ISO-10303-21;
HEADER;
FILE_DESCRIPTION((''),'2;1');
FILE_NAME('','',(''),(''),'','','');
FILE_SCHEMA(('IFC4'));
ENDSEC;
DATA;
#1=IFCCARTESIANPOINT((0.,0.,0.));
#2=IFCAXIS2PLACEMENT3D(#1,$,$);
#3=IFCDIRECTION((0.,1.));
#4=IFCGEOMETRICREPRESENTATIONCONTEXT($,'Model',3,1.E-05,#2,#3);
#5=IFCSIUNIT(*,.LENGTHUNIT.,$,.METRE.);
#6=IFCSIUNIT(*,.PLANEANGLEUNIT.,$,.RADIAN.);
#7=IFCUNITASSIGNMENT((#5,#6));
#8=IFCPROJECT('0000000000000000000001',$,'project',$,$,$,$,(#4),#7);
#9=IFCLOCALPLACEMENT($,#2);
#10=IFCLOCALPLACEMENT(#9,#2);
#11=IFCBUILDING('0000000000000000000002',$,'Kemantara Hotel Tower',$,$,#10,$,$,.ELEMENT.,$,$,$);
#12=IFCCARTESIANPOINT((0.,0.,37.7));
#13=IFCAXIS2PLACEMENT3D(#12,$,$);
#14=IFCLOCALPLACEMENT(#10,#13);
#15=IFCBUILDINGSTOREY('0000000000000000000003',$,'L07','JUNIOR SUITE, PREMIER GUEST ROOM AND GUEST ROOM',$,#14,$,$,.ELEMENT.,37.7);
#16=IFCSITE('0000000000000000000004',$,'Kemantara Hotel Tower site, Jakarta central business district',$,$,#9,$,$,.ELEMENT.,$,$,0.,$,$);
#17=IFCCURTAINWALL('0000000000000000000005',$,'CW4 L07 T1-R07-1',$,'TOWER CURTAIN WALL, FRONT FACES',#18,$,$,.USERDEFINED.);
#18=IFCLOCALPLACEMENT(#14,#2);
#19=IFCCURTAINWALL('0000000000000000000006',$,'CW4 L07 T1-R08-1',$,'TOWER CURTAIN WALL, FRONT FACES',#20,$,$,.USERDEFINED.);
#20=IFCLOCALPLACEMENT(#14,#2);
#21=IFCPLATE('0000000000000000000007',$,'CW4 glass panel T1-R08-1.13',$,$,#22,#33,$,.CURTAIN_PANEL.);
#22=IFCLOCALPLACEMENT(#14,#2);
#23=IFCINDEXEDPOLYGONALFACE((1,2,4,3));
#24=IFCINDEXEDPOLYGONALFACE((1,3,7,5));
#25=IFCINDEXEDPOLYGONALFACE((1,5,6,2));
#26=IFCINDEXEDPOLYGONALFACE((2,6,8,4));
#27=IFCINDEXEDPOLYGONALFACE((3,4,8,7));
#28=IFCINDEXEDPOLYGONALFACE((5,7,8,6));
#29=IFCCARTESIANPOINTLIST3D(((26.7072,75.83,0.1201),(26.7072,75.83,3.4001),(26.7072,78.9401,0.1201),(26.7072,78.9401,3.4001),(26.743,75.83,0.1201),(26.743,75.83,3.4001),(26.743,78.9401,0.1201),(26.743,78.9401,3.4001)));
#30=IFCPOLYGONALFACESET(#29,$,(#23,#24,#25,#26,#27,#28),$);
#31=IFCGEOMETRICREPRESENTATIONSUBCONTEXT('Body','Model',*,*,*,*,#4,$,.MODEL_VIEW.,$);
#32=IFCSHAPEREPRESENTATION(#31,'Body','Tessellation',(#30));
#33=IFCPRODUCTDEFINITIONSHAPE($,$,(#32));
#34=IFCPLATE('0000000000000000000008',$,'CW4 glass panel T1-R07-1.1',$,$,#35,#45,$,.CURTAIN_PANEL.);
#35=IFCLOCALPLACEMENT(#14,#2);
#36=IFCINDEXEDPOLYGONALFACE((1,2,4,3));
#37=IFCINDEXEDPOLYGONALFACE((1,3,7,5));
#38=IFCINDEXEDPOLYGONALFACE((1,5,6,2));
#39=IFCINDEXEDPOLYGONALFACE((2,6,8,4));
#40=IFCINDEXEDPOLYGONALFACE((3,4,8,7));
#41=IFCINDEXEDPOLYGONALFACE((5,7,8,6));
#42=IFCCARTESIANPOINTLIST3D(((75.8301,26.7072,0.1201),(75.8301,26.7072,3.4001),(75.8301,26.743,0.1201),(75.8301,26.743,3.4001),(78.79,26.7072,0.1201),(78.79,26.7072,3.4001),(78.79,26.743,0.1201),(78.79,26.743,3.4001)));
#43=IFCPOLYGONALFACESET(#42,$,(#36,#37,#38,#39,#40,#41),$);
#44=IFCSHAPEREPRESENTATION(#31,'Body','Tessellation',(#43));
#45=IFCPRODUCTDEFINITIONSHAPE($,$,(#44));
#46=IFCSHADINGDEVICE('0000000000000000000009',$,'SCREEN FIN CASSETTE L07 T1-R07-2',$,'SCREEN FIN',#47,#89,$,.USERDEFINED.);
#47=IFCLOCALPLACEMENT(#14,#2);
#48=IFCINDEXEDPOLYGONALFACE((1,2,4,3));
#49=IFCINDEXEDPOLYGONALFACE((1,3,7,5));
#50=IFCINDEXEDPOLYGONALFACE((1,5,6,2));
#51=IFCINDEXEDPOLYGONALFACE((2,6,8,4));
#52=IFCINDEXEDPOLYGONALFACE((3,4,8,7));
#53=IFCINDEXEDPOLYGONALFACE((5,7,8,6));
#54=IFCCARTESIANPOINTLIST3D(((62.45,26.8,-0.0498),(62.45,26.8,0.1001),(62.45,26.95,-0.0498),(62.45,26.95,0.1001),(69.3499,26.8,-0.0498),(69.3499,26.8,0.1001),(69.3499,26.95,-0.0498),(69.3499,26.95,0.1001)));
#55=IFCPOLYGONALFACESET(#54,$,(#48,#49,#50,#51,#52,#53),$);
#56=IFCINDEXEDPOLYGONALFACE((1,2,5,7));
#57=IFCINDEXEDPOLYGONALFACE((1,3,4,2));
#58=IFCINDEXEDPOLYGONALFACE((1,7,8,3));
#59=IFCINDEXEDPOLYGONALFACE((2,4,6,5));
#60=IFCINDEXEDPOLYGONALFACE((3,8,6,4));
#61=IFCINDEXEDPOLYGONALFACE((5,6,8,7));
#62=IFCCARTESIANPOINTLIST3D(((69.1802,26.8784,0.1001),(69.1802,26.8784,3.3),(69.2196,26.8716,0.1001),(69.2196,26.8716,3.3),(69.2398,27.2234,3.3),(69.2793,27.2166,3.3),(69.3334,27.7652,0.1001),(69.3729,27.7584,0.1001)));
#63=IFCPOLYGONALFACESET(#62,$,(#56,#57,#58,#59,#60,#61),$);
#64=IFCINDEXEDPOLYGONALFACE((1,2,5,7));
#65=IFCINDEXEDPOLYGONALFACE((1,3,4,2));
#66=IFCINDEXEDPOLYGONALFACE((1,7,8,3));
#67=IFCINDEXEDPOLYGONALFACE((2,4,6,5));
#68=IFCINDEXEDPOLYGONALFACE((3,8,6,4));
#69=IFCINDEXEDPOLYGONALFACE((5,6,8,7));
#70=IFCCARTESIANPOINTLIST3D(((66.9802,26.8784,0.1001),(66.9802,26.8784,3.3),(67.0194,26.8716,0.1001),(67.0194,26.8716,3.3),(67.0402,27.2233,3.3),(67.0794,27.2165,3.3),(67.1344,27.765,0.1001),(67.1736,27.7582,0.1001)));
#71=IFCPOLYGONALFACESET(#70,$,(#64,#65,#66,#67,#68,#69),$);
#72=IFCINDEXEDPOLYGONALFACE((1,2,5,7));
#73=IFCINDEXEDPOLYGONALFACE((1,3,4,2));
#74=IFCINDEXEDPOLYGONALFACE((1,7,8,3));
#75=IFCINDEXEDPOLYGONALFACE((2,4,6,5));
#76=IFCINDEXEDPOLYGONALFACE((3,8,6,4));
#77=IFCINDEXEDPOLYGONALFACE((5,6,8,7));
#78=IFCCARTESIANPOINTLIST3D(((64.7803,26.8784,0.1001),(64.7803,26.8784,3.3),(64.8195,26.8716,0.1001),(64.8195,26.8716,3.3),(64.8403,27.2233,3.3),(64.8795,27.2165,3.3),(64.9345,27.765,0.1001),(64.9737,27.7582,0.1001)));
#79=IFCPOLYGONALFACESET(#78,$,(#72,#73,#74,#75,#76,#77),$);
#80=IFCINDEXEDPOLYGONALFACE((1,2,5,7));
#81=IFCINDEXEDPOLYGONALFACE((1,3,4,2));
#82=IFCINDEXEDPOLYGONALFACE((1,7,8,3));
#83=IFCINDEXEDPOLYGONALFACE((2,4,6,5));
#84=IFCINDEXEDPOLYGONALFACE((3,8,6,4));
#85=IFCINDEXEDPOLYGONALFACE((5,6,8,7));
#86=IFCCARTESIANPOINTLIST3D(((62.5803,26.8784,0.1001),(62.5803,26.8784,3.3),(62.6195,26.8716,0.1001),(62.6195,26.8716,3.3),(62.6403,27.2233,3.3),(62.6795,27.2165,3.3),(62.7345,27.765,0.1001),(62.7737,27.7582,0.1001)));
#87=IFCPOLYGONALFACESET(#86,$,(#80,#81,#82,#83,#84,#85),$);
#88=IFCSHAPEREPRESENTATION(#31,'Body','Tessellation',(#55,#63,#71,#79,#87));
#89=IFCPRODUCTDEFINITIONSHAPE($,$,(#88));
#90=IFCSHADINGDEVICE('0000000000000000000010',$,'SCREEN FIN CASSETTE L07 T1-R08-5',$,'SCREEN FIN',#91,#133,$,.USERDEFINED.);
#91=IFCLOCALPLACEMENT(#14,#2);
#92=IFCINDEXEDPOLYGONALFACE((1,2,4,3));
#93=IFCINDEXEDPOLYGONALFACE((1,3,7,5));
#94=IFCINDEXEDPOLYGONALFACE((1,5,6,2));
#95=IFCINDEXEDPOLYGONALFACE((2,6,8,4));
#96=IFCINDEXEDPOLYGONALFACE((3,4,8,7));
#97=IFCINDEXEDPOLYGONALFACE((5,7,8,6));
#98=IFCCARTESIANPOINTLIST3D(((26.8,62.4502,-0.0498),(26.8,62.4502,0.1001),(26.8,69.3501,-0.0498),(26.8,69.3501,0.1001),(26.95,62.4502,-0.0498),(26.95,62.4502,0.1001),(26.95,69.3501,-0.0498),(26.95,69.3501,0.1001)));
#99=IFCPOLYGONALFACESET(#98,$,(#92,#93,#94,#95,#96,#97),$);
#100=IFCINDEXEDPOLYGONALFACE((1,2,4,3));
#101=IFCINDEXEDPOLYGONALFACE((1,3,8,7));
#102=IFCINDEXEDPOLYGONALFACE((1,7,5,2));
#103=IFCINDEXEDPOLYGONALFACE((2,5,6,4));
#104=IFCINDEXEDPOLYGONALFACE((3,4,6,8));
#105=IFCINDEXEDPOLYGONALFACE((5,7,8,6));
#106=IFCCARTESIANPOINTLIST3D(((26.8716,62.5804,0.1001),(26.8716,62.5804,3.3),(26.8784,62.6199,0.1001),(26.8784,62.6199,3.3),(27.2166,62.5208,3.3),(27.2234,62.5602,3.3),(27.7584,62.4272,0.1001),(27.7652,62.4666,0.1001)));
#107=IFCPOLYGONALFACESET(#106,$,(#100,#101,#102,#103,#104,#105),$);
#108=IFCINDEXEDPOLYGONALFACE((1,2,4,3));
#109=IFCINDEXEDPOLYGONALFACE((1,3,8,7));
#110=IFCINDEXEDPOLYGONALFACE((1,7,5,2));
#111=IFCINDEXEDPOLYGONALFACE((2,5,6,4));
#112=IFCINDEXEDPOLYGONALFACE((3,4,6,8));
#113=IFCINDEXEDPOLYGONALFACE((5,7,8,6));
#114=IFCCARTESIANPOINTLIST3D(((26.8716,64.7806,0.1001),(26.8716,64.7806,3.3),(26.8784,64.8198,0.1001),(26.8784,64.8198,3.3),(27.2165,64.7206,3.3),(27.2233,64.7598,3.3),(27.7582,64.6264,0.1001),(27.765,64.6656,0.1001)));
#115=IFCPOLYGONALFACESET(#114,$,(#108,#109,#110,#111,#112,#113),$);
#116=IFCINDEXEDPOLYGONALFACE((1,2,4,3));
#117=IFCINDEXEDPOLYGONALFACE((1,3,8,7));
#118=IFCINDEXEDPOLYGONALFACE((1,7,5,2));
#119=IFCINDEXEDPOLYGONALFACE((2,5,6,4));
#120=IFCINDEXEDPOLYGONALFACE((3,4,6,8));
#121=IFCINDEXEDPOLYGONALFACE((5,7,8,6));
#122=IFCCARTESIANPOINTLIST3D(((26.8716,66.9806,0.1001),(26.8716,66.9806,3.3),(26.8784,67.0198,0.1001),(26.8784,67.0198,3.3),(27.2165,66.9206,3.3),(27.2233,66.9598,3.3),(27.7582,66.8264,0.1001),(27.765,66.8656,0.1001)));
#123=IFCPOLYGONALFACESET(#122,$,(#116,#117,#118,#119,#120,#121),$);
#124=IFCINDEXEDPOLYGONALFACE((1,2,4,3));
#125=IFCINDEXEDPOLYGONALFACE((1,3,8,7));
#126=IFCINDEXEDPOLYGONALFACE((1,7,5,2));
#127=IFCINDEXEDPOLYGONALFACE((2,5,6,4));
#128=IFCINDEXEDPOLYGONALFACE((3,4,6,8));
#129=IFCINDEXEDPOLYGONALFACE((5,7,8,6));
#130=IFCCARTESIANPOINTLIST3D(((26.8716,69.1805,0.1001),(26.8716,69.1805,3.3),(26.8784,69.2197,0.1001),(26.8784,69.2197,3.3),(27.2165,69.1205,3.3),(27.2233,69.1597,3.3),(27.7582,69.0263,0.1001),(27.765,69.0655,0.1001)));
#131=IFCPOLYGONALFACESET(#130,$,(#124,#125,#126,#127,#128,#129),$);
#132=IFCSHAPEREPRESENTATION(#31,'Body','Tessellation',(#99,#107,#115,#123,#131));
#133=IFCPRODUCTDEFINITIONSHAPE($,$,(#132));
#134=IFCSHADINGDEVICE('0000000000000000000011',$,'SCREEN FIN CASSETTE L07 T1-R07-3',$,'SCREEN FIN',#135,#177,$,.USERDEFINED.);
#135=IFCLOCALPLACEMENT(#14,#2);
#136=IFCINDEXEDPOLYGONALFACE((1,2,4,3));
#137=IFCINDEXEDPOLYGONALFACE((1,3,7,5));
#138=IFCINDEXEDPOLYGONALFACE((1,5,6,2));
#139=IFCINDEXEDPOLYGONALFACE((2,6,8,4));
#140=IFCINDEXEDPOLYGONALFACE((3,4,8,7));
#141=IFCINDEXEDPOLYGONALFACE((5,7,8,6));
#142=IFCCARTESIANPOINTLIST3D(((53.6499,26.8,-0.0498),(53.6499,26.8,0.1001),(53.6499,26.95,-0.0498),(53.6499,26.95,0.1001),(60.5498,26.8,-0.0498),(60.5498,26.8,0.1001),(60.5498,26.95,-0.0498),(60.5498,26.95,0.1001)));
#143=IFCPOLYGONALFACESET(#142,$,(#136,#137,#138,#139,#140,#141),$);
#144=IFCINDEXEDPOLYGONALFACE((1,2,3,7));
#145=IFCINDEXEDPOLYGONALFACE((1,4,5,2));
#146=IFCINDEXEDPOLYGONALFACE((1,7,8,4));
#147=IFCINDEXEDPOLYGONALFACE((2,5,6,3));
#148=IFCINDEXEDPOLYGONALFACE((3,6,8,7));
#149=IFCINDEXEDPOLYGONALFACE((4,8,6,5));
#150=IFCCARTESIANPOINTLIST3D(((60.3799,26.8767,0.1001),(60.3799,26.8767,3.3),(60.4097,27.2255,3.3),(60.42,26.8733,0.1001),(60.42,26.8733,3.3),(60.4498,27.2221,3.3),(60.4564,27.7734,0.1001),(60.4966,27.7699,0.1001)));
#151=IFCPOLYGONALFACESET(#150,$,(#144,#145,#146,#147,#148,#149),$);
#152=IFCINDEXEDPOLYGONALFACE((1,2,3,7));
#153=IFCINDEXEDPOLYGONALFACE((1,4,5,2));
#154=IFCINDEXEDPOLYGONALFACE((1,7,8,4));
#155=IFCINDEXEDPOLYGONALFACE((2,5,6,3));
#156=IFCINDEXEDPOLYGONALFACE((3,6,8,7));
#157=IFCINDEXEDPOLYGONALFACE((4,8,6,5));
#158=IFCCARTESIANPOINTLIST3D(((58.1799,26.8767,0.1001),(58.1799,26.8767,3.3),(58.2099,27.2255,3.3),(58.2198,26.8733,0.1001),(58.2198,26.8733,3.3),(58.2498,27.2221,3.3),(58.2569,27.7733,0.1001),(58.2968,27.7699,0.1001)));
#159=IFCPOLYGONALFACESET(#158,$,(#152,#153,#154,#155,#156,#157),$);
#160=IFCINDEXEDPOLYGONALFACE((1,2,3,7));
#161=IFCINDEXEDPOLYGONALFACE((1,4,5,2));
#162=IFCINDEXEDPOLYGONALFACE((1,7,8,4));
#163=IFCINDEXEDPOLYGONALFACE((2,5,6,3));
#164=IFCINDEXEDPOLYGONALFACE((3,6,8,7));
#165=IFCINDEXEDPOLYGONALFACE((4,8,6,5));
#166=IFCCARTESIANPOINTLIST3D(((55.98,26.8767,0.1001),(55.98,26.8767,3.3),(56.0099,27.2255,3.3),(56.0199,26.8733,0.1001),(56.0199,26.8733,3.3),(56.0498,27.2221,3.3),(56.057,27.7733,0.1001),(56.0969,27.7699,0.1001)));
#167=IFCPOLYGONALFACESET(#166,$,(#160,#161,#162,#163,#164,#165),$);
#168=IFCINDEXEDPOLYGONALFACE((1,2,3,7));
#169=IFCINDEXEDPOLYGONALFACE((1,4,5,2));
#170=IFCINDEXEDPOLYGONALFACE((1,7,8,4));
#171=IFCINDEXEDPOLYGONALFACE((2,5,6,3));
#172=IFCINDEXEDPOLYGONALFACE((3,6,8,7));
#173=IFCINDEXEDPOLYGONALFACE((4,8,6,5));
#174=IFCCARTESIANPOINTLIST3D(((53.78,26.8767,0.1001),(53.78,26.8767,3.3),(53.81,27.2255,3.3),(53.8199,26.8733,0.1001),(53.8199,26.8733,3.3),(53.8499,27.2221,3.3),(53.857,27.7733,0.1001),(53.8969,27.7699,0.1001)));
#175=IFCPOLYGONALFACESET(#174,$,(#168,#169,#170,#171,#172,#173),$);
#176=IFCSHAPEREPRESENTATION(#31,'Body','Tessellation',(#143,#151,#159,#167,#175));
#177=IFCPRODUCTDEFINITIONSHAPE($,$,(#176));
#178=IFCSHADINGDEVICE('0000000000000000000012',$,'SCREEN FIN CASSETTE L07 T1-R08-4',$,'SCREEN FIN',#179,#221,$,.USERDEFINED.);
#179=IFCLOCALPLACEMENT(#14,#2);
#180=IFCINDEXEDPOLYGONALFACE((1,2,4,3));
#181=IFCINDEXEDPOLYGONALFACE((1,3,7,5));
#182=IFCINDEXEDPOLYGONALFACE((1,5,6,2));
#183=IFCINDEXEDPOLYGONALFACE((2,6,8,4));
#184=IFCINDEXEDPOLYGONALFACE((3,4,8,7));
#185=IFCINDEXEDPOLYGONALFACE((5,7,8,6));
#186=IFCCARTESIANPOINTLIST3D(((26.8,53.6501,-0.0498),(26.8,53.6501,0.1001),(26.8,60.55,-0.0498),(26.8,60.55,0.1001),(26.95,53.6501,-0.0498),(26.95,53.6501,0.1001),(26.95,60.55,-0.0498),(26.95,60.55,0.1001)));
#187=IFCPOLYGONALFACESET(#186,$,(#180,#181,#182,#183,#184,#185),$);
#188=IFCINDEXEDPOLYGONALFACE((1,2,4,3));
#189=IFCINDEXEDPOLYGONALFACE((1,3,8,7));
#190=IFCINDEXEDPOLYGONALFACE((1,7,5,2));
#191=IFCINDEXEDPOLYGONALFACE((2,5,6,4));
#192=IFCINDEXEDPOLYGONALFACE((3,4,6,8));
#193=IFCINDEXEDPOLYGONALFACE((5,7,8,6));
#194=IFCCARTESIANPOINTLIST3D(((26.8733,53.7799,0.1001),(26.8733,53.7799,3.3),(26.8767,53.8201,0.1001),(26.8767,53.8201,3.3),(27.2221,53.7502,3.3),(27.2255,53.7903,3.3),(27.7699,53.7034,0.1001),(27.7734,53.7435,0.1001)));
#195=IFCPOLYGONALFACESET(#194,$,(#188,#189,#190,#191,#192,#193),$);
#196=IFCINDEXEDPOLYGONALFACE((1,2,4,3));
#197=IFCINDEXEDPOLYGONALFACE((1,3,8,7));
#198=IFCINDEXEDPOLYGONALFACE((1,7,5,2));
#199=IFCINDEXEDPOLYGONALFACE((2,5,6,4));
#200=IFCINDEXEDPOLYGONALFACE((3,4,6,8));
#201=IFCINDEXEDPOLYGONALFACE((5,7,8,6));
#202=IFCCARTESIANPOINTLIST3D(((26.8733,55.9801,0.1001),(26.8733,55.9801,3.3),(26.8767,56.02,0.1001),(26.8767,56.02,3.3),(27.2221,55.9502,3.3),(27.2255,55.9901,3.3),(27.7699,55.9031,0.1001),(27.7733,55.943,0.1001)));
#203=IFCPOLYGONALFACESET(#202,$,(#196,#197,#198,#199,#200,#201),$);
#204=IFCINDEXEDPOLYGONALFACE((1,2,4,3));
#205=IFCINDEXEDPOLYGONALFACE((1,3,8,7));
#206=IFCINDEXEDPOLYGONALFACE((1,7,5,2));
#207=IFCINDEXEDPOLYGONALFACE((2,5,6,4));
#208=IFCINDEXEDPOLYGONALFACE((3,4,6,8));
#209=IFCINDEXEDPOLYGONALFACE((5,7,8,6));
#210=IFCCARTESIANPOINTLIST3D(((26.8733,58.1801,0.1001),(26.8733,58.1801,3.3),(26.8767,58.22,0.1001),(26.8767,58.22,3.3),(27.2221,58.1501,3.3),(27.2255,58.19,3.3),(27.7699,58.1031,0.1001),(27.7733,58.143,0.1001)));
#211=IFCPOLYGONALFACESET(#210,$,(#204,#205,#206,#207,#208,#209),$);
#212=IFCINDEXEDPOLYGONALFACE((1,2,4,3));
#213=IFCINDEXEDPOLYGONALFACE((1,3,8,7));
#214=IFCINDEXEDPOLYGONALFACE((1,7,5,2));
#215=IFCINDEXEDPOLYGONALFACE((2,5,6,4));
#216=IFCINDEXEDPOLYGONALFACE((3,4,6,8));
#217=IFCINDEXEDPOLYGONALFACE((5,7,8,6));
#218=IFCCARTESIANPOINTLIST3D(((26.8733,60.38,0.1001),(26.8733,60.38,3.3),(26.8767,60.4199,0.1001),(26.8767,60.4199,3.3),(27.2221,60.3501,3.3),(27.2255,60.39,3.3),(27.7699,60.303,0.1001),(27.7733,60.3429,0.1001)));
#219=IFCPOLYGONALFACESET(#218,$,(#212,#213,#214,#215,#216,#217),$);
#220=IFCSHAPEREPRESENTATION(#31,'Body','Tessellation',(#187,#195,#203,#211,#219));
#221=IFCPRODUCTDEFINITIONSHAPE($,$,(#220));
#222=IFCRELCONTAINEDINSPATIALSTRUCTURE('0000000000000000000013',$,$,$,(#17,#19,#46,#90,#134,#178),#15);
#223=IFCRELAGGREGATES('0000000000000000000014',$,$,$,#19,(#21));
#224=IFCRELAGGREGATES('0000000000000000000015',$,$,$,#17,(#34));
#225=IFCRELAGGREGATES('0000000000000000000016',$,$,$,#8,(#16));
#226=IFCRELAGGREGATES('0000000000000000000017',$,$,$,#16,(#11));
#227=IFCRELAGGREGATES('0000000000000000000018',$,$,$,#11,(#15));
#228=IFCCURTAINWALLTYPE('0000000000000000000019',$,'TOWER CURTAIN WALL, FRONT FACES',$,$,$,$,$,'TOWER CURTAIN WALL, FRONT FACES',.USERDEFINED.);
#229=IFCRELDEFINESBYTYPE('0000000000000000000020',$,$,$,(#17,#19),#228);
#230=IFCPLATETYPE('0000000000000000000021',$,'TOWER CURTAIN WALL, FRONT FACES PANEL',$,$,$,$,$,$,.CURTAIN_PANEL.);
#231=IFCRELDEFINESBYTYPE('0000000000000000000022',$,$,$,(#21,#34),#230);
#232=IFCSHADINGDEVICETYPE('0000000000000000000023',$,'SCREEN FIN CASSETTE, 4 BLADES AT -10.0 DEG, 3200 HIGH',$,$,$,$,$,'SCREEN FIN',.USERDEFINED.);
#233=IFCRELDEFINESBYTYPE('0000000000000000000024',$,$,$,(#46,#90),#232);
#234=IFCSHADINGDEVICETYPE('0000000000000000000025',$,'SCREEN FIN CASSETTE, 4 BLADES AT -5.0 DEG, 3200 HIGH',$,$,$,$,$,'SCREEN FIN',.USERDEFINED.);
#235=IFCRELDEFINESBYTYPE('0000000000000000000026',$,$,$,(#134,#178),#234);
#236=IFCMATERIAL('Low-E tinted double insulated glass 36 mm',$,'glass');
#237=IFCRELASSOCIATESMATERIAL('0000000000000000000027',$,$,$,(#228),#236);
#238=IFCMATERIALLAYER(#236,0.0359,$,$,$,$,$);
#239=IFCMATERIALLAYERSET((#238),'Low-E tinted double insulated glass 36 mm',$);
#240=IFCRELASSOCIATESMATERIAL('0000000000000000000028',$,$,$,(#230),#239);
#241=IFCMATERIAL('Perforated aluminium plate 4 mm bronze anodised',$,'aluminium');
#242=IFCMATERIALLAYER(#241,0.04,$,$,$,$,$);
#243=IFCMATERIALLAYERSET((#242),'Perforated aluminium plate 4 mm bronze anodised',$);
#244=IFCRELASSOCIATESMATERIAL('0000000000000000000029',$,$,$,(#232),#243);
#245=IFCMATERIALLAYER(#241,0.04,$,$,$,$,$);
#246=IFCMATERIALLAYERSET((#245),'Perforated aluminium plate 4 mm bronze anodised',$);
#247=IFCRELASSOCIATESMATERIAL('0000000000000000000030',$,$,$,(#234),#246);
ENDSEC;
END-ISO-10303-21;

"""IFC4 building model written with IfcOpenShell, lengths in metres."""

from ifc_helpers import new_model, si_unit, direction, frame, origin, origin_2d, place, context, subcontext, project, spatial, polyline, rectangle, outline, extrude, source, transform, mapped, material, layer, layer_set, type_object, element, aggregate, save


model = new_model("IFC4")

# Units and contexts
model_context = context("Model", 3, precision=1e-05, world=origin(), true_north=direction((0.0, 1.0)))
body_context = subcontext(model_context, "Body", "Model", "MODEL_VIEW")
ifc_project = project(units=[si_unit("LENGTHUNIT", "METRE"), si_unit("PLANEANGLEUNIT", "RADIAN")], contexts=[model_context])

# Site, building, storey
site_placement = place(None, origin())
site = spatial("IfcSite", under=ifc_project, at=site_placement, Name="Kemantara Hotel Tower site, Jakarta central business district", CompositionType="ELEMENT", RefElevation=0.0)
building_placement = place(site_placement, origin())
building = spatial("IfcBuilding", under=site, at=building_placement, Name="Kemantara Hotel Tower", CompositionType="ELEMENT")
storey_placement = place(building_placement, frame((0.0, 0.0, 37.7)))
storey = spatial("IfcBuildingStorey", under=building, at=storey_placement, Name="L07", Description="JUNIOR SUITE, PREMIER GUEST ROOM AND GUEST ROOM", CompositionType="ELEMENT", Elevation=37.7)

# Curtain wall
ifc_material_1 = material(Name="Low-E tinted double insulated glass 36 mm", Category="glass")
curtain_wall_type = type_object("IfcCurtainWallType", Name="TOWER CURTAIN WALL, FRONT FACES", ElementType="TOWER CURTAIN WALL, FRONT FACES", PredefinedType="USERDEFINED", material=ifc_material_1)
curtain_wall_1_placement = place(storey_placement, origin())
curtain_wall_1 = element("IfcCurtainWall", 1, at=curtain_wall_1_placement, inside=storey, type_object=curtain_wall_type, Name="CW4 L07 T1-R07-1", ObjectType="TOWER CURTAIN WALL, FRONT FACES", PredefinedType="USERDEFINED")

# Curtain wall
curtain_wall_2_placement = place(storey_placement, origin())
curtain_wall_2 = element("IfcCurtainWall", 2, at=curtain_wall_2_placement, inside=storey, type_object=curtain_wall_type, Name="CW4 L07 T1-R08-1", ObjectType="TOWER CURTAIN WALL, FRONT FACES", PredefinedType="USERDEFINED")

# Plates
ifc_layer_1 = layer(ifc_material_1, 0.0359)
ifc_layer_set_1 = layer_set([ifc_layer_1], Name="Low-E tinted double insulated glass 36 mm")
plate_type = type_object("IfcPlateType", Name="TOWER CURTAIN WALL, FRONT FACES PANEL", PredefinedType="CURTAIN_PANEL", material=ifc_layer_set_1)
shared_shape_1 = source(origin(), body_context, "Body", "SweptSolid", [
    extrude(rectangle(XDim=3.1101, YDim=0.0359, at=origin_2d()), origin(), (0.0, 0.0, 1.0), 3.28),
])
plate_1_placement = place(storey_placement, frame((26.7251, 77.385, 0.1201), z_axis=(0.0, 0.0, 1.0), x_axis=(0.0, 1.0, 0.0)))
plate_1 = element("IfcPlate", 3, at=plate_1_placement, type_object=plate_type, Name="CW4 glass panel T1-R08-1.13", PredefinedType="CURTAIN_PANEL", context=body_context, shape_type="MappedRepresentation", body=[
    mapped(shared_shape_1, transform((0.0, 0.0, 0.0))),
])
aggregate(curtain_wall_2, [plate_1])
shared_shape_2 = source(origin(), body_context, "Body", "SweptSolid", [
    extrude(rectangle(XDim=2.96, YDim=0.0359, at=origin_2d()), origin(), (0.0, 0.0, 1.0), 3.28),
])
plate_2_placement = place(storey_placement, frame((77.3101, 26.7251, 0.1201), z_axis=(0.0, 0.0, 1.0), x_axis=(-1.0, 0.0, 0.0)))
plate_2 = element("IfcPlate", 4, at=plate_2_placement, type_object=plate_type, Name="CW4 glass panel T1-R07-1.1", PredefinedType="CURTAIN_PANEL", context=body_context, shape_type="MappedRepresentation", body=[
    mapped(shared_shape_2, transform((0.0, 0.0, 0.0))),
])
aggregate(curtain_wall_1, [plate_2])

# Shading devices
ifc_material_2 = material(Name="Perforated aluminium plate 4 mm bronze anodised", Category="aluminium")
ifc_layer_2 = layer(ifc_material_2, 0.04)
ifc_layer_set_2 = layer_set([ifc_layer_2], Name="Perforated aluminium plate 4 mm bronze anodised")
shading_device_type_1 = type_object("IfcShadingDeviceType", Name="SCREEN FIN CASSETTE, 4 BLADES AT -10.0 DEG, 3200 HIGH", ElementType="SCREEN FIN", PredefinedType="USERDEFINED", material=ifc_layer_set_2)
shared_shape_3 = source(origin(), body_context, "Body", "SweptSolid", [
    extrude(rectangle(XDim=6.8999, YDim=0.1499, at=origin_2d()), frame((3.3, -0.075, -0.1499), z_axis=(0.0, 0.0, 1.0), x_axis=(1.0, 0.0, 0.0)), (0.0, 0.0, 1.0), 0.1499),
    extrude(outline(polyline([(0.0, 0.0), (0.8999, 0.0), (0.3501, 3.2), (0.0, 3.2), (0.0, 0.0)])), frame((0.0198, -0.0784, 0.0), z_axis=(-0.98539, 0.170314, 0.0), x_axis=(-0.170314, -0.98539, 0.0)), (0.0, 0.0, 1.0), 0.04),
    extrude(outline(polyline([(0.0, 0.0), (0.8999, 0.0), (0.3501, 3.2), (0.0, 3.2), (0.0, 0.0)])), frame((2.2197, -0.0784, 0.0), z_axis=(-0.985212, 0.171341, 0.0), x_axis=(-0.171341, -0.985212, 0.0)), (0.0, 0.0, 1.0), 0.0398),
    extrude(outline(polyline([(0.0, 0.0), (0.8999, 0.0), (0.3501, 3.2), (0.0, 3.2), (0.0, 0.0)])), frame((4.4197, -0.0784, 0.0), z_axis=(-0.985212, 0.171341, 0.0), x_axis=(-0.171341, -0.985212, 0.0)), (0.0, 0.0, 1.0), 0.0398),
    extrude(outline(polyline([(0.0, 0.0), (0.8999, 0.0), (0.3501, 3.2), (0.0, 3.2), (0.0, 0.0)])), frame((6.6196, -0.0784, 0.0), z_axis=(-0.985212, 0.171341, 0.0), x_axis=(-0.171341, -0.985212, 0.0)), (0.0, 0.0, 1.0), 0.0398),
])
for number, where, z_axis, x_axis, name in (
    (5, (69.2, 26.8, 0.1001), (0.0, 0.0, 1.0), (-1.0, 0.0, 0.0), "SCREEN FIN CASSETTE L07 T1-R07-2"),
    (6, (26.8, 62.6001, 0.1001), (0.0, 0.0, 1.0), (0.0, 1.0, 0.0), "SCREEN FIN CASSETTE L07 T1-R08-5"),
):
    element("IfcShadingDevice", number, at=place(storey_placement, frame(where, z_axis=z_axis, x_axis=x_axis)), inside=storey, type_object=shading_device_type_1, Name=name, ObjectType="SCREEN FIN", PredefinedType="USERDEFINED", context=body_context, shape_type="MappedRepresentation", body=[
        mapped(shared_shape_3, transform((0.0, 0.0, 0.0))),
    ])
ifc_layer_3 = layer(ifc_material_2, 0.04)
ifc_layer_set_3 = layer_set([ifc_layer_3], Name="Perforated aluminium plate 4 mm bronze anodised")
shading_device_type_2 = type_object("IfcShadingDeviceType", Name="SCREEN FIN CASSETTE, 4 BLADES AT -5.0 DEG, 3200 HIGH", ElementType="SCREEN FIN", PredefinedType="USERDEFINED", material=ifc_layer_set_3)
shared_shape_4 = source(origin(), body_context, "Body", "SweptSolid", [
    extrude(rectangle(XDim=6.8999, YDim=0.1499, at=origin_2d()), frame((3.3, -0.075, -0.1499), z_axis=(0.0, 0.0, 1.0), x_axis=(1.0, 0.0, 0.0)), (0.0, 0.0, 1.0), 0.1499),
    extrude(outline(polyline([(0.0, 0.0), (0.8999, 0.0), (0.3501, 3.2), (0.0, 3.2), (0.0, 0.0)])), frame((0.02, -0.0767, 0.0), z_axis=(-0.996376, 0.085056, 0.0), x_axis=(-0.085056, -0.996376, 0.0)), (0.0, 0.0, 1.0), 0.0403),
    extrude(outline(polyline([(0.0, 0.0), (0.8999, 0.0), (0.3501, 3.2), (0.0, 3.2), (0.0, 0.0)])), frame((2.22, -0.0767, 0.0), z_axis=(-0.996332, 0.085575, 0.0), x_axis=(-0.085575, -0.996332, 0.0)), (0.0, 0.0, 1.0), 0.04),
    extrude(outline(polyline([(0.0, 0.0), (0.8999, 0.0), (0.3501, 3.2), (0.0, 3.2), (0.0, 0.0)])), frame((4.4199, -0.0767, 0.0), z_axis=(-0.996332, 0.085575, 0.0), x_axis=(-0.085575, -0.996332, 0.0)), (0.0, 0.0, 1.0), 0.04),
    extrude(outline(polyline([(0.0, 0.0), (0.8999, 0.0), (0.3501, 3.2), (0.0, 3.2), (0.0, 0.0)])), frame((6.6199, -0.0767, 0.0), z_axis=(-0.996332, 0.085575, 0.0), x_axis=(-0.085575, -0.996332, 0.0)), (0.0, 0.0, 1.0), 0.04),
])
for number, where, z_axis, x_axis, name in (
    (7, (60.3999, 26.8, 0.1001), (0.0, 0.0, 1.0), (-1.0, 0.0, 0.0), "SCREEN FIN CASSETTE L07 T1-R07-3"),
    (8, (26.8, 53.8, 0.1001), (0.0, 0.0, 1.0), (0.0, 1.0, 0.0), "SCREEN FIN CASSETTE L07 T1-R08-4"),
):
    element("IfcShadingDevice", number, at=place(storey_placement, frame(where, z_axis=z_axis, x_axis=x_axis)), inside=storey, type_object=shading_device_type_2, Name=name, ObjectType="SCREEN FIN", PredefinedType="USERDEFINED", context=body_context, shape_type="MappedRepresentation", body=[
        mapped(shared_shape_4, transform((0.0, 0.0, 0.0))),
    ])

save(model, "model.ifc")
